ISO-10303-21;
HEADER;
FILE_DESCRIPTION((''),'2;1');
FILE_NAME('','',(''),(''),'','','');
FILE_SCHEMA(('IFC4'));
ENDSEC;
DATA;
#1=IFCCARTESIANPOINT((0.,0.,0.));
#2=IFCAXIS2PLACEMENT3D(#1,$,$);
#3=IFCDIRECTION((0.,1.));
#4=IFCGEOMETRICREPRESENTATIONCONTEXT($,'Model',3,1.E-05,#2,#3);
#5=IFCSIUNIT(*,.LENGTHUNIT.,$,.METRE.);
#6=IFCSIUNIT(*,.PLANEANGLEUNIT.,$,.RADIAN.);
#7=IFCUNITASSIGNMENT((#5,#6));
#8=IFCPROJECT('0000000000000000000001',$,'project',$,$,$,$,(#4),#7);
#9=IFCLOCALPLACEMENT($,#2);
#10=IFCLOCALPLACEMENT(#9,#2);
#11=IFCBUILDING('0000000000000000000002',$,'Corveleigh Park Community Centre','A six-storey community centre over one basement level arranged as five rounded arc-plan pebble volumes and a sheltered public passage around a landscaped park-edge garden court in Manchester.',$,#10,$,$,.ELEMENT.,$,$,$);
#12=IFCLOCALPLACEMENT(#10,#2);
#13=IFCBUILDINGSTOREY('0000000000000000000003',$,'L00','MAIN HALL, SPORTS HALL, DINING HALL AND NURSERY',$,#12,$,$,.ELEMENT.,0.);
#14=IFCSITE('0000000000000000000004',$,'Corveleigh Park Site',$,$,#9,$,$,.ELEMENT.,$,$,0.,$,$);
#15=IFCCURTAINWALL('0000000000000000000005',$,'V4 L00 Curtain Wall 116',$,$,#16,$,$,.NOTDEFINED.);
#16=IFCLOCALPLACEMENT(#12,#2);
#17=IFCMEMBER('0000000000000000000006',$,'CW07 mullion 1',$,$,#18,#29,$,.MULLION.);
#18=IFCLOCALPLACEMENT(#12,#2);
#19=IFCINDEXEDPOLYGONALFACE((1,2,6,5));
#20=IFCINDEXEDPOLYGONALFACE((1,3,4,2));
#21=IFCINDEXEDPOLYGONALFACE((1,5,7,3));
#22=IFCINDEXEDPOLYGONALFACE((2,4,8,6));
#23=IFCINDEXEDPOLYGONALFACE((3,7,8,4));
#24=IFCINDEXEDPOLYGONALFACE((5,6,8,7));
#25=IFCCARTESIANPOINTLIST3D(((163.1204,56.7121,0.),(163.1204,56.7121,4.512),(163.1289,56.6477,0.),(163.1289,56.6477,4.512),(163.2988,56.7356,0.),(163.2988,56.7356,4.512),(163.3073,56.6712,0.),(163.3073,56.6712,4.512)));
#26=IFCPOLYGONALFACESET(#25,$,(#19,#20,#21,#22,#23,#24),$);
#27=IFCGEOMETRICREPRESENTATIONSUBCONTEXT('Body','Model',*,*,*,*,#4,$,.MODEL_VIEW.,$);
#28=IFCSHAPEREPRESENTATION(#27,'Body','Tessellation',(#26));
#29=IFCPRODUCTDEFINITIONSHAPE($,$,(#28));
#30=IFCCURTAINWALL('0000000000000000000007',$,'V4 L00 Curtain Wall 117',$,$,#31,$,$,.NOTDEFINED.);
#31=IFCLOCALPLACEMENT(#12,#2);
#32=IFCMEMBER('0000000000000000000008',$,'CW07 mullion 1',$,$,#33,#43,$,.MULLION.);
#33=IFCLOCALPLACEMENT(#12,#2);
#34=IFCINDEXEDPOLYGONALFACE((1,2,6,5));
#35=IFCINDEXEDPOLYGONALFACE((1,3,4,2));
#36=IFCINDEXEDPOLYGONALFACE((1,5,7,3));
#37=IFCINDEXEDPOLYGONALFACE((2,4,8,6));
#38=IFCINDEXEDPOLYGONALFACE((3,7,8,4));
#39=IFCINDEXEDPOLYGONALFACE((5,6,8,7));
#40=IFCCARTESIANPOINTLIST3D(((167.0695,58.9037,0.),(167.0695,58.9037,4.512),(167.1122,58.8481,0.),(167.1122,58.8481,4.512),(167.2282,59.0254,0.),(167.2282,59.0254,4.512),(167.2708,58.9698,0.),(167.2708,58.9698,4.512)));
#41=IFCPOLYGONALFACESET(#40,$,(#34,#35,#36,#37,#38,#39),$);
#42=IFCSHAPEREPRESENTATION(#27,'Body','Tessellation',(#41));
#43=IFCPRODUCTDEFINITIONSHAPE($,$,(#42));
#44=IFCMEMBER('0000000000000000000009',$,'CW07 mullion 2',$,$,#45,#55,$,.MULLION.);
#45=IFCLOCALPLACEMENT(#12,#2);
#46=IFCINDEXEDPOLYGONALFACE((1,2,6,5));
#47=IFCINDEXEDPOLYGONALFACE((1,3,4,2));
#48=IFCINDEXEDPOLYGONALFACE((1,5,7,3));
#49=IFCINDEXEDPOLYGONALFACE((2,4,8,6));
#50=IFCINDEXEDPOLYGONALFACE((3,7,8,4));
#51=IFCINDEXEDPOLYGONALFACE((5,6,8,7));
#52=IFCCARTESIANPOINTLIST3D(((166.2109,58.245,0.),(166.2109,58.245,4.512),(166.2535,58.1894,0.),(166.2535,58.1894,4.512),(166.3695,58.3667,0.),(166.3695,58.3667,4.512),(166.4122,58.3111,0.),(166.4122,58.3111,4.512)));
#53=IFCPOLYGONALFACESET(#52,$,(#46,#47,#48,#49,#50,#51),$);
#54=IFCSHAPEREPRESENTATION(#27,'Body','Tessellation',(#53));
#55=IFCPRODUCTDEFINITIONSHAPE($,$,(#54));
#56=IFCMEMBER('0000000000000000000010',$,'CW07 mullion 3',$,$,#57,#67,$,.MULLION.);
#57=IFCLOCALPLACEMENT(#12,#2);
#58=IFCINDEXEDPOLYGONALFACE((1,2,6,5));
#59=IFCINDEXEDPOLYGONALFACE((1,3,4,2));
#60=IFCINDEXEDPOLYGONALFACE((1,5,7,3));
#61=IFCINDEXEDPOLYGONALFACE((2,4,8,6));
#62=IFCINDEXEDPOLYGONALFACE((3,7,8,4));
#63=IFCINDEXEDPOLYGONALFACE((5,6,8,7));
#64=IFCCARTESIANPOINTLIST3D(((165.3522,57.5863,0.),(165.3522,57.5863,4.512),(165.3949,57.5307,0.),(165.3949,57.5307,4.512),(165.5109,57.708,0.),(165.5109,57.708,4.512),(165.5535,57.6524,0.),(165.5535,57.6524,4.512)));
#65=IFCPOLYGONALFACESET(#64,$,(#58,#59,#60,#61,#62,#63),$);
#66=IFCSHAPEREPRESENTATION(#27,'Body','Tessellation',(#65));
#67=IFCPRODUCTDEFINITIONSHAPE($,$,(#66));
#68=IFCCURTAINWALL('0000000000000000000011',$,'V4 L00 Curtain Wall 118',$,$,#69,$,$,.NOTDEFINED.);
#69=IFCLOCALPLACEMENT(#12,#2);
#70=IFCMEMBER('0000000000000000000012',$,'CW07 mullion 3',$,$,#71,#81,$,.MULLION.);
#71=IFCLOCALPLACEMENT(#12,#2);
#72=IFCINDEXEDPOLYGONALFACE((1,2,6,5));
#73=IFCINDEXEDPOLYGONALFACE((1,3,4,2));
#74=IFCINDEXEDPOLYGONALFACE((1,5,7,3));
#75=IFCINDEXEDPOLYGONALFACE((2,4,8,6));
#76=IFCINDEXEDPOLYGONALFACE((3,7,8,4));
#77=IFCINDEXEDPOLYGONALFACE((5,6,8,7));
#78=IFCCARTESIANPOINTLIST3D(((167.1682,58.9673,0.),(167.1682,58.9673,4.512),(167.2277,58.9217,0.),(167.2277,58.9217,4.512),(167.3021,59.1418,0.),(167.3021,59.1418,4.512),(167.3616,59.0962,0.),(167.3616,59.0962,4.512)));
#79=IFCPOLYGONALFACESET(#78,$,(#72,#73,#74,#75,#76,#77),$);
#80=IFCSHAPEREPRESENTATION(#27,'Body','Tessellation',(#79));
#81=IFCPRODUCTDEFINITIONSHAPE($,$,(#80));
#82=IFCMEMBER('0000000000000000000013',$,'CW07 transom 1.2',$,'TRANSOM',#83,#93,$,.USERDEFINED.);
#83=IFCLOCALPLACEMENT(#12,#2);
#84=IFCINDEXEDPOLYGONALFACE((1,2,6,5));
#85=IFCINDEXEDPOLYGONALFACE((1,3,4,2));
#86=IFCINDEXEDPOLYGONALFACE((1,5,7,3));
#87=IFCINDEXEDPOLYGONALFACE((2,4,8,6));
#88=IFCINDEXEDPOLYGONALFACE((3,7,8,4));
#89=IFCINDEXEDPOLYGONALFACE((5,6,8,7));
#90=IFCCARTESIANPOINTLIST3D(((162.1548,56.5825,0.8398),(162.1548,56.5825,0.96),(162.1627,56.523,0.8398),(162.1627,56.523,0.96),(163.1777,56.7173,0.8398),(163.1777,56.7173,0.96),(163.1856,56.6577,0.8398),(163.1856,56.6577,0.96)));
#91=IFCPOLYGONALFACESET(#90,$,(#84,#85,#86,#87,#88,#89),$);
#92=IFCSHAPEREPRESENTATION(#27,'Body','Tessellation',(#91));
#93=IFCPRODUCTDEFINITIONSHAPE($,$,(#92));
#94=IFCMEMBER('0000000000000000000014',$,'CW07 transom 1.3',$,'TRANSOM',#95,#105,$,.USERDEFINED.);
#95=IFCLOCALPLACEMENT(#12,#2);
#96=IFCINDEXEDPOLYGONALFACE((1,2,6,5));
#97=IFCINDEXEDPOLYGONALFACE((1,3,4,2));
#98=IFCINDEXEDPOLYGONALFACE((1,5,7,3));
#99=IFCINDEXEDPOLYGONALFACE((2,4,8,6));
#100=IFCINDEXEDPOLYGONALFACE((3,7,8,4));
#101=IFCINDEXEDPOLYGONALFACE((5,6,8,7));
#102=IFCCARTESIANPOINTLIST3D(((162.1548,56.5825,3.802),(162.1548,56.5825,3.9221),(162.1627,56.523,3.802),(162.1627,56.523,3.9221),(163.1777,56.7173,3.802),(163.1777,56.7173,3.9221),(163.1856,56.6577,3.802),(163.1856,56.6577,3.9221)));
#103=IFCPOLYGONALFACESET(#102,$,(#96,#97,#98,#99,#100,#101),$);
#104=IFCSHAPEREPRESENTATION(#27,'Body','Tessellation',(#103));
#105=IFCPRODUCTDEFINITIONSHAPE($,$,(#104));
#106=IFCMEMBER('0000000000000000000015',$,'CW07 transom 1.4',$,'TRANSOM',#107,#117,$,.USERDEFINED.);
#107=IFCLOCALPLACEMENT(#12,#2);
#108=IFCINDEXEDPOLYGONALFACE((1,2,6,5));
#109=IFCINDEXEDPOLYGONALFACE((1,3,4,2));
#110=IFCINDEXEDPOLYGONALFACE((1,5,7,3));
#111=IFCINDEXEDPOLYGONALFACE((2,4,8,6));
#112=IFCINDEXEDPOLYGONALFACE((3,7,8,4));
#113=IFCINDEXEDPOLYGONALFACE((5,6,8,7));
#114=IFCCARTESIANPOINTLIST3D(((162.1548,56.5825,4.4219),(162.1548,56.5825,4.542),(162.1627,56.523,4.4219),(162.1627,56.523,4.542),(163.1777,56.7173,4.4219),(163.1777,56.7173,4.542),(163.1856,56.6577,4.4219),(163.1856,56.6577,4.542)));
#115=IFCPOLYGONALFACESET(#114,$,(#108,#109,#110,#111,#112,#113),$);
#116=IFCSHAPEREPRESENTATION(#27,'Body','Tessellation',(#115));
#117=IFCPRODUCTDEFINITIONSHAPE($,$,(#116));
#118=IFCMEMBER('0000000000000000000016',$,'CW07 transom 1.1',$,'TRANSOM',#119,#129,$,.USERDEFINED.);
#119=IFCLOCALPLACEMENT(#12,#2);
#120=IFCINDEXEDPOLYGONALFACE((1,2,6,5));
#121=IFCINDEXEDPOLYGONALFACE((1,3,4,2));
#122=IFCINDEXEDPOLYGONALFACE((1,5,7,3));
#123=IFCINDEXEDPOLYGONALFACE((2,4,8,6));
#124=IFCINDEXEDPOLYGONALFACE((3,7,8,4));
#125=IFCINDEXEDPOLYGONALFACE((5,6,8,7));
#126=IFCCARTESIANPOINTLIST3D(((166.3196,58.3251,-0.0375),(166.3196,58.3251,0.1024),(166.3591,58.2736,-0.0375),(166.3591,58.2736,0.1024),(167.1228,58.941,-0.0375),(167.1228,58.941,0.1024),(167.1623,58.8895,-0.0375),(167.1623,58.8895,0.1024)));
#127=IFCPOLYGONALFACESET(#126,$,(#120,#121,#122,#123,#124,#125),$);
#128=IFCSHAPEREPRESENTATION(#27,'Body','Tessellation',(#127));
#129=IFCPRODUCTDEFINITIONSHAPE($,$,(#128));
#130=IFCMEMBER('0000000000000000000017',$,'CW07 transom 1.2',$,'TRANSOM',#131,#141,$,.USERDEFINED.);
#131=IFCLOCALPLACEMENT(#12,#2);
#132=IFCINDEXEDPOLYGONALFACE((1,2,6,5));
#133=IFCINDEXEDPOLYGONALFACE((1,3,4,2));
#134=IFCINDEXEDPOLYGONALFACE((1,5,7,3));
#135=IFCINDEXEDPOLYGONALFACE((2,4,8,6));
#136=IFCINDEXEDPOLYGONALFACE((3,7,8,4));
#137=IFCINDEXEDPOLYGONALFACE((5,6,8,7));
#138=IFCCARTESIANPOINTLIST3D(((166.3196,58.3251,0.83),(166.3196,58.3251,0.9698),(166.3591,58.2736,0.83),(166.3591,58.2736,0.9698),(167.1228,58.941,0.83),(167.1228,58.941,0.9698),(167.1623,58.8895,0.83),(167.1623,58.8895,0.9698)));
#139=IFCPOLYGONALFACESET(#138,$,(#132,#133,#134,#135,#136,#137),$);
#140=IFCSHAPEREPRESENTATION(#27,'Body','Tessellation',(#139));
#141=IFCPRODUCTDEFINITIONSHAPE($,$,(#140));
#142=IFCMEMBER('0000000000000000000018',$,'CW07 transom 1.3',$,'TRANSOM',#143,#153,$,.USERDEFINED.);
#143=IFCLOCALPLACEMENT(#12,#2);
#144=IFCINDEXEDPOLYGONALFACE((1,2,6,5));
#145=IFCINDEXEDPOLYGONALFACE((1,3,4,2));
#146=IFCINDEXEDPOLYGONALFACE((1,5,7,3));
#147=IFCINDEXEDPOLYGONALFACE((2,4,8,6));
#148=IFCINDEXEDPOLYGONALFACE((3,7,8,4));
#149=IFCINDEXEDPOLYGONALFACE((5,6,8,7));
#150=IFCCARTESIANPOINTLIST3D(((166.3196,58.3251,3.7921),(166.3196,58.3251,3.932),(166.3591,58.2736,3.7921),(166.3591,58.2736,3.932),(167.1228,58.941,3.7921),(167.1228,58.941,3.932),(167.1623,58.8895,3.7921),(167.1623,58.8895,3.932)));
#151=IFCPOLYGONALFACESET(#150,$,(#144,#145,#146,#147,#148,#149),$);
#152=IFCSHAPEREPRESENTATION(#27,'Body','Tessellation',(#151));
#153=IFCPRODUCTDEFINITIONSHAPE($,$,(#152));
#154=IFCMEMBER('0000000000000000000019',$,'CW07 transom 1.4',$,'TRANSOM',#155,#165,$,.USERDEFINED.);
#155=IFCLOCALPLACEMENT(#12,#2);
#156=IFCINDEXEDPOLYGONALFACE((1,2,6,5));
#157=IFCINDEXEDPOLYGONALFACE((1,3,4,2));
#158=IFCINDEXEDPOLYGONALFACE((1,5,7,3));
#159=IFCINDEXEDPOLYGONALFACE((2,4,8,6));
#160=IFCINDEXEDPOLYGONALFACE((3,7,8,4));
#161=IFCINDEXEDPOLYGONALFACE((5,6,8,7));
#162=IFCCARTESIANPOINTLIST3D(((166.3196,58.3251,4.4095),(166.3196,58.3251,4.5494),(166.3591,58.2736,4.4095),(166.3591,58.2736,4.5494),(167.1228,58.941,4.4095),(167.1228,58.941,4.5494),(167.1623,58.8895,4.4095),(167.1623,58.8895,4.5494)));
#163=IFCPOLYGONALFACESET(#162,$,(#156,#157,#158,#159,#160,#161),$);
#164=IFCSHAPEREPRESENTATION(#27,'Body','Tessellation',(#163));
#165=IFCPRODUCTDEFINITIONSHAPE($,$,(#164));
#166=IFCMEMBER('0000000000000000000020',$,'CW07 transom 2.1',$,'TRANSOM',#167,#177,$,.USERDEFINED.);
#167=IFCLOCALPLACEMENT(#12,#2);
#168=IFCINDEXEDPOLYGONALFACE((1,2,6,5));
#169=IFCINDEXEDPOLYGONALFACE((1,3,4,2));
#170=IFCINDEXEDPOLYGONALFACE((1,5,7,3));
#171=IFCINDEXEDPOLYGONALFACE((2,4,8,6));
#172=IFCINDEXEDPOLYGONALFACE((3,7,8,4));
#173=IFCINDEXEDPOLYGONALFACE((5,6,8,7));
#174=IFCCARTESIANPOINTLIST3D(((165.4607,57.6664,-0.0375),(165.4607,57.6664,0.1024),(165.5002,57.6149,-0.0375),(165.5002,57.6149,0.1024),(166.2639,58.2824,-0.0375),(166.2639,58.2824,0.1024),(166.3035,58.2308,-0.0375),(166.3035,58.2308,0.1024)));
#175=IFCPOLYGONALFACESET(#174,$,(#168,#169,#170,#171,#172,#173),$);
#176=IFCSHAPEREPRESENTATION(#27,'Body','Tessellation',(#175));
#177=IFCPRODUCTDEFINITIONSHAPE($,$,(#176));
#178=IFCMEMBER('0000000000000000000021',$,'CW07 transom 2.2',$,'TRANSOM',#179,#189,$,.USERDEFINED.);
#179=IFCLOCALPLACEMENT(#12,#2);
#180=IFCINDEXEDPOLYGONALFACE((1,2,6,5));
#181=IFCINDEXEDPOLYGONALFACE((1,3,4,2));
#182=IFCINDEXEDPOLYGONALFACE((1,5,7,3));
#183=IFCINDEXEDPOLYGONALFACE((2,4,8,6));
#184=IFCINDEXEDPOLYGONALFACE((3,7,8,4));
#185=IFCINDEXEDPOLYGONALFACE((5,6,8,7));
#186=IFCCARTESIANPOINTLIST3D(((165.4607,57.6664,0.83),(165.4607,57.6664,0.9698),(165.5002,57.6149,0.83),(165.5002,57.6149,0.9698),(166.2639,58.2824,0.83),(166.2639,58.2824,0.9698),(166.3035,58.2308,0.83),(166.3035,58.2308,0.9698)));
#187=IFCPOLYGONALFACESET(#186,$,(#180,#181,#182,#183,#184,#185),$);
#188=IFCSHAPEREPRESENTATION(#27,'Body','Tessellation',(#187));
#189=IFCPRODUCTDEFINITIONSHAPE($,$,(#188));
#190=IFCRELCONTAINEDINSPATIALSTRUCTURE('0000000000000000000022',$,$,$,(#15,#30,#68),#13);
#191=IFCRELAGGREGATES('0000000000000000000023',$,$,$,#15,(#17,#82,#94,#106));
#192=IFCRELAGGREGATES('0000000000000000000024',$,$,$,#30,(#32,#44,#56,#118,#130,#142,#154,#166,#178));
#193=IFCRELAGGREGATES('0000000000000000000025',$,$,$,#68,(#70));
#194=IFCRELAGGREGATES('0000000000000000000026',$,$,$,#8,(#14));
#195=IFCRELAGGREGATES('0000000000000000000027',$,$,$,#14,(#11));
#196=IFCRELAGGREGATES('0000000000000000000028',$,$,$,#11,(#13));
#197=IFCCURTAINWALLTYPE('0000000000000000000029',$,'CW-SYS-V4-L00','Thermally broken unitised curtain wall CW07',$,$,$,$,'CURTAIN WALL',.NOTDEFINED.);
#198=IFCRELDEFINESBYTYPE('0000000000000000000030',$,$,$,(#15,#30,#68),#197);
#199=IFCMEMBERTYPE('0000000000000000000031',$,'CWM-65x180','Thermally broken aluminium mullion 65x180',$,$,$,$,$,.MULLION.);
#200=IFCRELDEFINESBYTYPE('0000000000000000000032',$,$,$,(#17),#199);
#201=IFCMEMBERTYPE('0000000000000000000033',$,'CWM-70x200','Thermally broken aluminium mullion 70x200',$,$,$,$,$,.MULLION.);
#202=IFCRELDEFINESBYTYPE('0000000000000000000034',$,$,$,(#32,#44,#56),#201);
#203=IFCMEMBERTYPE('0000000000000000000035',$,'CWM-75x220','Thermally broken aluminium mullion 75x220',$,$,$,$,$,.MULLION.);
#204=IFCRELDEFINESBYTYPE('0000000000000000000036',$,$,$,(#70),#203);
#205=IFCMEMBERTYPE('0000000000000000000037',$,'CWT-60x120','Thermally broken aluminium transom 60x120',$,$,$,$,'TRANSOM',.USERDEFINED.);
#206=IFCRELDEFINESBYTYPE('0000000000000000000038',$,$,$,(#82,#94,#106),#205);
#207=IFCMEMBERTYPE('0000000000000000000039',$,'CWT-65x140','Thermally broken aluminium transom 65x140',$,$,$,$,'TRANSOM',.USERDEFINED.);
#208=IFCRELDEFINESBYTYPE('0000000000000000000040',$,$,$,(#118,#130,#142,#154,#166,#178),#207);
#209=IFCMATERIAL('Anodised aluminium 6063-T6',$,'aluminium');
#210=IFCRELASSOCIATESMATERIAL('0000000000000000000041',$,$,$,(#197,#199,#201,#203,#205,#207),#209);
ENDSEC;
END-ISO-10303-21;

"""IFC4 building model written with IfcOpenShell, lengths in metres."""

from ifc_helpers import new_model, si_unit, direction, frame, origin, origin_2d, place, context, subcontext, project, spatial, rectangle, extrude, material, material_profile, profile_set, type_object, element, aggregate, save


model = new_model("IFC4")

# Units and contexts
model_context = context("Model", 3, precision=1e-05, world=origin(), true_north=direction((0.0, 1.0)))
body_context = subcontext(model_context, "Body", "Model", "MODEL_VIEW")
ifc_project = project(units=[si_unit("LENGTHUNIT", "METRE"), si_unit("PLANEANGLEUNIT", "RADIAN")], contexts=[model_context])

# Site, building, storey
site_placement = place(None, origin())
site = spatial("IfcSite", under=ifc_project, at=site_placement, Name="Corveleigh Park Site", CompositionType="ELEMENT", RefElevation=0.0)
building_placement = place(site_placement, origin())
building = spatial("IfcBuilding", under=site, at=building_placement, Name="Corveleigh Park Community Centre", Description="A six-storey community centre over one basement level arranged as five rounded arc-plan pebble volumes and a sheltered public passage around a landscaped park-edge garden court in Manchester.", CompositionType="ELEMENT")
storey_placement = place(building_placement, origin())
storey = spatial("IfcBuildingStorey", under=building, at=storey_placement, Name="L00", Description="MAIN HALL, SPORTS HALL, DINING HALL AND NURSERY", CompositionType="ELEMENT", Elevation=0.0)

# Curtain wall, member
ifc_material_1 = material(Name="Anodised aluminium 6063-T6", Category="aluminium")
curtain_wall_type = type_object("IfcCurtainWallType", Name="CW-SYS-V4-L00", Description="Thermally broken unitised curtain wall CW07", ElementType="CURTAIN WALL", PredefinedType="NOTDEFINED", material=ifc_material_1)
curtain_wall_1_placement = place(storey_placement, origin())
curtain_wall_1 = element("IfcCurtainWall", 1, at=curtain_wall_1_placement, inside=storey, type_object=curtain_wall_type, Name="V4 L00 Curtain Wall 116", PredefinedType="NOTDEFINED")
ifc_material_profile_1 = material_profile(ifc_material_1, rectangle(XDim=0.0649, YDim=0.1799, at=origin_2d()), Name="ALU-M65x180", Category="aluminium")
ifc_profile_set_1 = profile_set([ifc_material_profile_1], Name="Anodised aluminium 6063-T6")
member_type_1 = type_object("IfcMemberType", Name="CWM-65x180", Description="Thermally broken aluminium mullion 65x180", PredefinedType="MULLION", material=ifc_profile_set_1)
member_1_placement = place(storey_placement, frame((163.2139, 56.6917, 0.0), z_axis=(0.0, 0.0, 1.0), x_axis=(0.130626, -0.991432, 0.0)))
member_1 = element("IfcMember", 2, at=member_1_placement, type_object=member_type_1, Name="CW07 mullion 1", PredefinedType="MULLION", context=body_context, shape_type="SweptSolid", body=[
    extrude(rectangle(XDim=0.0649, YDim=0.1799, at=origin_2d()), origin(), (0.0, 0.0, 1.0), 4.512),
])

# Curtain wall, members
curtain_wall_2_placement = place(storey_placement, origin())
curtain_wall_2 = element("IfcCurtainWall", 3, at=curtain_wall_2_placement, inside=storey, type_object=curtain_wall_type, Name="V4 L00 Curtain Wall 117", PredefinedType="NOTDEFINED")
ifc_material_profile_2 = material_profile(ifc_material_1, rectangle(XDim=0.0701, YDim=0.2, at=origin_2d()), Name="ALU-M70x200", Category="aluminium")
ifc_profile_set_2 = profile_set([ifc_material_profile_2], Name="Anodised aluminium 6063-T6")
member_type_2 = type_object("IfcMemberType", Name="CWM-70x200", Description="Thermally broken aluminium mullion 70x200", PredefinedType="MULLION", material=ifc_profile_set_2)
member_2_placement = place(storey_placement, frame((167.1702, 58.9368, 0.0), z_axis=(0.0, 0.0, 1.0), x_axis=(0.608629, -0.793455, 0.0)))
member_2 = element("IfcMember", 4, at=member_2_placement, type_object=member_type_2, Name="CW07 mullion 1", PredefinedType="MULLION", context=body_context, shape_type="SweptSolid", body=[
    extrude(rectangle(XDim=0.0701, YDim=0.2, at=origin_2d()), origin(), (0.0, 0.0, 1.0), 4.512),
])
member_3_placement = place(storey_placement, frame((166.3115, 58.2781, 0.0), z_axis=(0.0, 0.0, 1.0), x_axis=(0.608629, -0.793455, 0.0)))
member_3 = element("IfcMember", 5, at=member_3_placement, type_object=member_type_2, Name="CW07 mullion 2", PredefinedType="MULLION", context=body_context, shape_type="SweptSolid", body=[
    extrude(rectangle(XDim=0.0701, YDim=0.2, at=origin_2d()), origin(), (0.0, 0.0, 1.0), 4.512),
])
member_4_placement = place(storey_placement, frame((165.4529, 57.6194, 0.0), z_axis=(0.0, 0.0, 1.0), x_axis=(0.608629, -0.793455, 0.0)))
member_4 = element("IfcMember", 6, at=member_4_placement, type_object=member_type_2, Name="CW07 mullion 3", PredefinedType="MULLION", context=body_context, shape_type="SweptSolid", body=[
    extrude(rectangle(XDim=0.0701, YDim=0.2, at=origin_2d()), origin(), (0.0, 0.0, 1.0), 4.512),
])

# Curtain wall, member
curtain_wall_3_placement = place(storey_placement, origin())
curtain_wall_3 = element("IfcCurtainWall", 7, at=curtain_wall_3_placement, inside=storey, type_object=curtain_wall_type, Name="V4 L00 Curtain Wall 118", PredefinedType="NOTDEFINED")
ifc_material_profile_3 = material_profile(ifc_material_1, rectangle(XDim=0.075, YDim=0.22, at=origin_2d()), Name="ALU-M75x220", Category="aluminium")
ifc_profile_set_3 = profile_set([ifc_material_profile_3], Name="Anodised aluminium 6063-T6")
member_type_3 = type_object("IfcMemberType", Name="CWM-75x220", Description="Thermally broken aluminium mullion 75x220", PredefinedType="MULLION", material=ifc_profile_set_3)
member_5_placement = place(storey_placement, frame((167.2649, 59.0317, 0.0), z_axis=(0.0, 0.0, 1.0), x_axis=(0.793455, -0.608629, 0.0)))
member_5 = element("IfcMember", 8, at=member_5_placement, type_object=member_type_3, Name="CW07 mullion 3", PredefinedType="MULLION", context=body_context, shape_type="SweptSolid", body=[
    extrude(rectangle(XDim=0.075, YDim=0.22, at=origin_2d()), origin(), (0.0, 0.0, 1.0), 4.512),
])

# Members
ifc_material_profile_4 = material_profile(ifc_material_1, rectangle(XDim=0.0601, YDim=0.1201, at=origin_2d()), Name="ALU-T60x120", Category="aluminium")
ifc_profile_set_4 = profile_set([ifc_material_profile_4], Name="Anodised aluminium 6063-T6")
member_type_4 = type_object("IfcMemberType", Name="CWT-60x120", Description="Thermally broken aluminium transom 60x120", ElementType="TRANSOM", PredefinedType="USERDEFINED", material=ifc_profile_set_4)
member_6_placement = place(storey_placement, frame((163.1816, 56.6875, 0.8999), z_axis=(-0.991433, -0.130614, 0.0), x_axis=(0.130614, -0.991433, 0.0)))
member_6 = element("IfcMember", 9, at=member_6_placement, type_object=member_type_4, Name="CW07 transom 1.2", ObjectType="TRANSOM", PredefinedType="USERDEFINED", context=body_context, shape_type="SweptSolid", body=[
    extrude(rectangle(XDim=0.0601, YDim=0.1201, at=origin_2d()), origin(), (0.0, 0.0, 1.0), 1.0317),
])
member_7_placement = place(storey_placement, frame((163.1816, 56.6875, 3.8621), z_axis=(-0.991433, -0.130614, 0.0), x_axis=(0.130614, -0.991433, 0.0)))
member_7 = element("IfcMember", 10, at=member_7_placement, type_object=member_type_4, Name="CW07 transom 1.3", ObjectType="TRANSOM", PredefinedType="USERDEFINED", context=body_context, shape_type="SweptSolid", body=[
    extrude(rectangle(XDim=0.0601, YDim=0.1201, at=origin_2d()), origin(), (0.0, 0.0, 1.0), 1.0317),
])
member_8_placement = place(storey_placement, frame((163.1816, 56.6875, 4.4819), z_axis=(-0.991433, -0.130614, 0.0), x_axis=(0.130614, -0.991433, 0.0)))
member_8 = element("IfcMember", 11, at=member_8_placement, type_object=member_type_4, Name="CW07 transom 1.4", ObjectType="TRANSOM", PredefinedType="USERDEFINED", context=body_context, shape_type="SweptSolid", body=[
    extrude(rectangle(XDim=0.0601, YDim=0.1201, at=origin_2d()), origin(), (0.0, 0.0, 1.0), 1.0317),
])
aggregate(curtain_wall_1, [member_1, member_6, member_7, member_8])
ifc_material_profile_5 = material_profile(ifc_material_1, rectangle(XDim=0.0649, YDim=0.1399, at=origin_2d()), Name="ALU-T65x140", Category="aluminium")
ifc_profile_set_5 = profile_set([ifc_material_profile_5], Name="Anodised aluminium 6063-T6")
member_type_5 = type_object("IfcMemberType", Name="CWT-65x140", Description="Thermally broken aluminium transom 65x140", ElementType="TRANSOM", PredefinedType="USERDEFINED", material=ifc_profile_set_5)
member_9_placement = place(storey_placement, frame((167.1426, 58.9153, 0.0325), z_axis=(-0.793529, -0.608533, 0.0), x_axis=(0.608533, -0.793529, 0.0)))
member_9 = element("IfcMember", 12, at=member_9_placement, type_object=member_type_5, Name="CW07 transom 1.1", ObjectType="TRANSOM", PredefinedType="USERDEFINED", context=body_context, shape_type="SweptSolid", body=[
    extrude(rectangle(XDim=0.0649, YDim=0.1399, at=origin_2d()), origin(), (0.0, 0.0, 1.0), 1.0122),
])
member_10_placement = place(storey_placement, frame((167.1426, 58.9153, 0.8999), z_axis=(-0.793529, -0.608533, 0.0), x_axis=(0.608533, -0.793529, 0.0)))
member_10 = element("IfcMember", 13, at=member_10_placement, type_object=member_type_5, Name="CW07 transom 1.2", ObjectType="TRANSOM", PredefinedType="USERDEFINED", context=body_context, shape_type="SweptSolid", body=[
    extrude(rectangle(XDim=0.0649, YDim=0.1399, at=origin_2d()), origin(), (0.0, 0.0, 1.0), 1.0122),
])
member_11_placement = place(storey_placement, frame((167.1426, 58.9153, 3.8621), z_axis=(-0.793529, -0.608533, 0.0), x_axis=(0.608533, -0.793529, 0.0)))
member_11 = element("IfcMember", 14, at=member_11_placement, type_object=member_type_5, Name="CW07 transom 1.3", ObjectType="TRANSOM", PredefinedType="USERDEFINED", context=body_context, shape_type="SweptSolid", body=[
    extrude(rectangle(XDim=0.0649, YDim=0.1399, at=origin_2d()), origin(), (0.0, 0.0, 1.0), 1.0122),
])
member_12_placement = place(storey_placement, frame((167.1426, 58.9153, 4.4795), z_axis=(-0.793529, -0.608533, 0.0), x_axis=(0.608533, -0.793529, 0.0)))
member_12 = element("IfcMember", 15, at=member_12_placement, type_object=member_type_5, Name="CW07 transom 1.4", ObjectType="TRANSOM", PredefinedType="USERDEFINED", context=body_context, shape_type="SweptSolid", body=[
    extrude(rectangle(XDim=0.0649, YDim=0.1399, at=origin_2d()), origin(), (0.0, 0.0, 1.0), 1.0122),
])
member_13_placement = place(storey_placement, frame((166.2837, 58.2566, 0.0325), z_axis=(-0.793529, -0.608533, 0.0), x_axis=(0.608533, -0.793529, 0.0)))
member_13 = element("IfcMember", 16, at=member_13_placement, type_object=member_type_5, Name="CW07 transom 2.1", ObjectType="TRANSOM", PredefinedType="USERDEFINED", context=body_context, shape_type="SweptSolid", body=[
    extrude(rectangle(XDim=0.0649, YDim=0.1399, at=origin_2d()), origin(), (0.0, 0.0, 1.0), 1.0122),
])
member_14_placement = place(storey_placement, frame((166.2837, 58.2566, 0.8999), z_axis=(-0.793529, -0.608533, 0.0), x_axis=(0.608533, -0.793529, 0.0)))
member_14 = element("IfcMember", 17, at=member_14_placement, type_object=member_type_5, Name="CW07 transom 2.2", ObjectType="TRANSOM", PredefinedType="USERDEFINED", context=body_context, shape_type="SweptSolid", body=[
    extrude(rectangle(XDim=0.0649, YDim=0.1399, at=origin_2d()), origin(), (0.0, 0.0, 1.0), 1.0122),
])

aggregate(curtain_wall_2, [member_2, member_3, member_4, member_9, member_10, member_11, member_12, member_13, member_14])
aggregate(curtain_wall_3, [member_5])

save(model, "model.ifc")
